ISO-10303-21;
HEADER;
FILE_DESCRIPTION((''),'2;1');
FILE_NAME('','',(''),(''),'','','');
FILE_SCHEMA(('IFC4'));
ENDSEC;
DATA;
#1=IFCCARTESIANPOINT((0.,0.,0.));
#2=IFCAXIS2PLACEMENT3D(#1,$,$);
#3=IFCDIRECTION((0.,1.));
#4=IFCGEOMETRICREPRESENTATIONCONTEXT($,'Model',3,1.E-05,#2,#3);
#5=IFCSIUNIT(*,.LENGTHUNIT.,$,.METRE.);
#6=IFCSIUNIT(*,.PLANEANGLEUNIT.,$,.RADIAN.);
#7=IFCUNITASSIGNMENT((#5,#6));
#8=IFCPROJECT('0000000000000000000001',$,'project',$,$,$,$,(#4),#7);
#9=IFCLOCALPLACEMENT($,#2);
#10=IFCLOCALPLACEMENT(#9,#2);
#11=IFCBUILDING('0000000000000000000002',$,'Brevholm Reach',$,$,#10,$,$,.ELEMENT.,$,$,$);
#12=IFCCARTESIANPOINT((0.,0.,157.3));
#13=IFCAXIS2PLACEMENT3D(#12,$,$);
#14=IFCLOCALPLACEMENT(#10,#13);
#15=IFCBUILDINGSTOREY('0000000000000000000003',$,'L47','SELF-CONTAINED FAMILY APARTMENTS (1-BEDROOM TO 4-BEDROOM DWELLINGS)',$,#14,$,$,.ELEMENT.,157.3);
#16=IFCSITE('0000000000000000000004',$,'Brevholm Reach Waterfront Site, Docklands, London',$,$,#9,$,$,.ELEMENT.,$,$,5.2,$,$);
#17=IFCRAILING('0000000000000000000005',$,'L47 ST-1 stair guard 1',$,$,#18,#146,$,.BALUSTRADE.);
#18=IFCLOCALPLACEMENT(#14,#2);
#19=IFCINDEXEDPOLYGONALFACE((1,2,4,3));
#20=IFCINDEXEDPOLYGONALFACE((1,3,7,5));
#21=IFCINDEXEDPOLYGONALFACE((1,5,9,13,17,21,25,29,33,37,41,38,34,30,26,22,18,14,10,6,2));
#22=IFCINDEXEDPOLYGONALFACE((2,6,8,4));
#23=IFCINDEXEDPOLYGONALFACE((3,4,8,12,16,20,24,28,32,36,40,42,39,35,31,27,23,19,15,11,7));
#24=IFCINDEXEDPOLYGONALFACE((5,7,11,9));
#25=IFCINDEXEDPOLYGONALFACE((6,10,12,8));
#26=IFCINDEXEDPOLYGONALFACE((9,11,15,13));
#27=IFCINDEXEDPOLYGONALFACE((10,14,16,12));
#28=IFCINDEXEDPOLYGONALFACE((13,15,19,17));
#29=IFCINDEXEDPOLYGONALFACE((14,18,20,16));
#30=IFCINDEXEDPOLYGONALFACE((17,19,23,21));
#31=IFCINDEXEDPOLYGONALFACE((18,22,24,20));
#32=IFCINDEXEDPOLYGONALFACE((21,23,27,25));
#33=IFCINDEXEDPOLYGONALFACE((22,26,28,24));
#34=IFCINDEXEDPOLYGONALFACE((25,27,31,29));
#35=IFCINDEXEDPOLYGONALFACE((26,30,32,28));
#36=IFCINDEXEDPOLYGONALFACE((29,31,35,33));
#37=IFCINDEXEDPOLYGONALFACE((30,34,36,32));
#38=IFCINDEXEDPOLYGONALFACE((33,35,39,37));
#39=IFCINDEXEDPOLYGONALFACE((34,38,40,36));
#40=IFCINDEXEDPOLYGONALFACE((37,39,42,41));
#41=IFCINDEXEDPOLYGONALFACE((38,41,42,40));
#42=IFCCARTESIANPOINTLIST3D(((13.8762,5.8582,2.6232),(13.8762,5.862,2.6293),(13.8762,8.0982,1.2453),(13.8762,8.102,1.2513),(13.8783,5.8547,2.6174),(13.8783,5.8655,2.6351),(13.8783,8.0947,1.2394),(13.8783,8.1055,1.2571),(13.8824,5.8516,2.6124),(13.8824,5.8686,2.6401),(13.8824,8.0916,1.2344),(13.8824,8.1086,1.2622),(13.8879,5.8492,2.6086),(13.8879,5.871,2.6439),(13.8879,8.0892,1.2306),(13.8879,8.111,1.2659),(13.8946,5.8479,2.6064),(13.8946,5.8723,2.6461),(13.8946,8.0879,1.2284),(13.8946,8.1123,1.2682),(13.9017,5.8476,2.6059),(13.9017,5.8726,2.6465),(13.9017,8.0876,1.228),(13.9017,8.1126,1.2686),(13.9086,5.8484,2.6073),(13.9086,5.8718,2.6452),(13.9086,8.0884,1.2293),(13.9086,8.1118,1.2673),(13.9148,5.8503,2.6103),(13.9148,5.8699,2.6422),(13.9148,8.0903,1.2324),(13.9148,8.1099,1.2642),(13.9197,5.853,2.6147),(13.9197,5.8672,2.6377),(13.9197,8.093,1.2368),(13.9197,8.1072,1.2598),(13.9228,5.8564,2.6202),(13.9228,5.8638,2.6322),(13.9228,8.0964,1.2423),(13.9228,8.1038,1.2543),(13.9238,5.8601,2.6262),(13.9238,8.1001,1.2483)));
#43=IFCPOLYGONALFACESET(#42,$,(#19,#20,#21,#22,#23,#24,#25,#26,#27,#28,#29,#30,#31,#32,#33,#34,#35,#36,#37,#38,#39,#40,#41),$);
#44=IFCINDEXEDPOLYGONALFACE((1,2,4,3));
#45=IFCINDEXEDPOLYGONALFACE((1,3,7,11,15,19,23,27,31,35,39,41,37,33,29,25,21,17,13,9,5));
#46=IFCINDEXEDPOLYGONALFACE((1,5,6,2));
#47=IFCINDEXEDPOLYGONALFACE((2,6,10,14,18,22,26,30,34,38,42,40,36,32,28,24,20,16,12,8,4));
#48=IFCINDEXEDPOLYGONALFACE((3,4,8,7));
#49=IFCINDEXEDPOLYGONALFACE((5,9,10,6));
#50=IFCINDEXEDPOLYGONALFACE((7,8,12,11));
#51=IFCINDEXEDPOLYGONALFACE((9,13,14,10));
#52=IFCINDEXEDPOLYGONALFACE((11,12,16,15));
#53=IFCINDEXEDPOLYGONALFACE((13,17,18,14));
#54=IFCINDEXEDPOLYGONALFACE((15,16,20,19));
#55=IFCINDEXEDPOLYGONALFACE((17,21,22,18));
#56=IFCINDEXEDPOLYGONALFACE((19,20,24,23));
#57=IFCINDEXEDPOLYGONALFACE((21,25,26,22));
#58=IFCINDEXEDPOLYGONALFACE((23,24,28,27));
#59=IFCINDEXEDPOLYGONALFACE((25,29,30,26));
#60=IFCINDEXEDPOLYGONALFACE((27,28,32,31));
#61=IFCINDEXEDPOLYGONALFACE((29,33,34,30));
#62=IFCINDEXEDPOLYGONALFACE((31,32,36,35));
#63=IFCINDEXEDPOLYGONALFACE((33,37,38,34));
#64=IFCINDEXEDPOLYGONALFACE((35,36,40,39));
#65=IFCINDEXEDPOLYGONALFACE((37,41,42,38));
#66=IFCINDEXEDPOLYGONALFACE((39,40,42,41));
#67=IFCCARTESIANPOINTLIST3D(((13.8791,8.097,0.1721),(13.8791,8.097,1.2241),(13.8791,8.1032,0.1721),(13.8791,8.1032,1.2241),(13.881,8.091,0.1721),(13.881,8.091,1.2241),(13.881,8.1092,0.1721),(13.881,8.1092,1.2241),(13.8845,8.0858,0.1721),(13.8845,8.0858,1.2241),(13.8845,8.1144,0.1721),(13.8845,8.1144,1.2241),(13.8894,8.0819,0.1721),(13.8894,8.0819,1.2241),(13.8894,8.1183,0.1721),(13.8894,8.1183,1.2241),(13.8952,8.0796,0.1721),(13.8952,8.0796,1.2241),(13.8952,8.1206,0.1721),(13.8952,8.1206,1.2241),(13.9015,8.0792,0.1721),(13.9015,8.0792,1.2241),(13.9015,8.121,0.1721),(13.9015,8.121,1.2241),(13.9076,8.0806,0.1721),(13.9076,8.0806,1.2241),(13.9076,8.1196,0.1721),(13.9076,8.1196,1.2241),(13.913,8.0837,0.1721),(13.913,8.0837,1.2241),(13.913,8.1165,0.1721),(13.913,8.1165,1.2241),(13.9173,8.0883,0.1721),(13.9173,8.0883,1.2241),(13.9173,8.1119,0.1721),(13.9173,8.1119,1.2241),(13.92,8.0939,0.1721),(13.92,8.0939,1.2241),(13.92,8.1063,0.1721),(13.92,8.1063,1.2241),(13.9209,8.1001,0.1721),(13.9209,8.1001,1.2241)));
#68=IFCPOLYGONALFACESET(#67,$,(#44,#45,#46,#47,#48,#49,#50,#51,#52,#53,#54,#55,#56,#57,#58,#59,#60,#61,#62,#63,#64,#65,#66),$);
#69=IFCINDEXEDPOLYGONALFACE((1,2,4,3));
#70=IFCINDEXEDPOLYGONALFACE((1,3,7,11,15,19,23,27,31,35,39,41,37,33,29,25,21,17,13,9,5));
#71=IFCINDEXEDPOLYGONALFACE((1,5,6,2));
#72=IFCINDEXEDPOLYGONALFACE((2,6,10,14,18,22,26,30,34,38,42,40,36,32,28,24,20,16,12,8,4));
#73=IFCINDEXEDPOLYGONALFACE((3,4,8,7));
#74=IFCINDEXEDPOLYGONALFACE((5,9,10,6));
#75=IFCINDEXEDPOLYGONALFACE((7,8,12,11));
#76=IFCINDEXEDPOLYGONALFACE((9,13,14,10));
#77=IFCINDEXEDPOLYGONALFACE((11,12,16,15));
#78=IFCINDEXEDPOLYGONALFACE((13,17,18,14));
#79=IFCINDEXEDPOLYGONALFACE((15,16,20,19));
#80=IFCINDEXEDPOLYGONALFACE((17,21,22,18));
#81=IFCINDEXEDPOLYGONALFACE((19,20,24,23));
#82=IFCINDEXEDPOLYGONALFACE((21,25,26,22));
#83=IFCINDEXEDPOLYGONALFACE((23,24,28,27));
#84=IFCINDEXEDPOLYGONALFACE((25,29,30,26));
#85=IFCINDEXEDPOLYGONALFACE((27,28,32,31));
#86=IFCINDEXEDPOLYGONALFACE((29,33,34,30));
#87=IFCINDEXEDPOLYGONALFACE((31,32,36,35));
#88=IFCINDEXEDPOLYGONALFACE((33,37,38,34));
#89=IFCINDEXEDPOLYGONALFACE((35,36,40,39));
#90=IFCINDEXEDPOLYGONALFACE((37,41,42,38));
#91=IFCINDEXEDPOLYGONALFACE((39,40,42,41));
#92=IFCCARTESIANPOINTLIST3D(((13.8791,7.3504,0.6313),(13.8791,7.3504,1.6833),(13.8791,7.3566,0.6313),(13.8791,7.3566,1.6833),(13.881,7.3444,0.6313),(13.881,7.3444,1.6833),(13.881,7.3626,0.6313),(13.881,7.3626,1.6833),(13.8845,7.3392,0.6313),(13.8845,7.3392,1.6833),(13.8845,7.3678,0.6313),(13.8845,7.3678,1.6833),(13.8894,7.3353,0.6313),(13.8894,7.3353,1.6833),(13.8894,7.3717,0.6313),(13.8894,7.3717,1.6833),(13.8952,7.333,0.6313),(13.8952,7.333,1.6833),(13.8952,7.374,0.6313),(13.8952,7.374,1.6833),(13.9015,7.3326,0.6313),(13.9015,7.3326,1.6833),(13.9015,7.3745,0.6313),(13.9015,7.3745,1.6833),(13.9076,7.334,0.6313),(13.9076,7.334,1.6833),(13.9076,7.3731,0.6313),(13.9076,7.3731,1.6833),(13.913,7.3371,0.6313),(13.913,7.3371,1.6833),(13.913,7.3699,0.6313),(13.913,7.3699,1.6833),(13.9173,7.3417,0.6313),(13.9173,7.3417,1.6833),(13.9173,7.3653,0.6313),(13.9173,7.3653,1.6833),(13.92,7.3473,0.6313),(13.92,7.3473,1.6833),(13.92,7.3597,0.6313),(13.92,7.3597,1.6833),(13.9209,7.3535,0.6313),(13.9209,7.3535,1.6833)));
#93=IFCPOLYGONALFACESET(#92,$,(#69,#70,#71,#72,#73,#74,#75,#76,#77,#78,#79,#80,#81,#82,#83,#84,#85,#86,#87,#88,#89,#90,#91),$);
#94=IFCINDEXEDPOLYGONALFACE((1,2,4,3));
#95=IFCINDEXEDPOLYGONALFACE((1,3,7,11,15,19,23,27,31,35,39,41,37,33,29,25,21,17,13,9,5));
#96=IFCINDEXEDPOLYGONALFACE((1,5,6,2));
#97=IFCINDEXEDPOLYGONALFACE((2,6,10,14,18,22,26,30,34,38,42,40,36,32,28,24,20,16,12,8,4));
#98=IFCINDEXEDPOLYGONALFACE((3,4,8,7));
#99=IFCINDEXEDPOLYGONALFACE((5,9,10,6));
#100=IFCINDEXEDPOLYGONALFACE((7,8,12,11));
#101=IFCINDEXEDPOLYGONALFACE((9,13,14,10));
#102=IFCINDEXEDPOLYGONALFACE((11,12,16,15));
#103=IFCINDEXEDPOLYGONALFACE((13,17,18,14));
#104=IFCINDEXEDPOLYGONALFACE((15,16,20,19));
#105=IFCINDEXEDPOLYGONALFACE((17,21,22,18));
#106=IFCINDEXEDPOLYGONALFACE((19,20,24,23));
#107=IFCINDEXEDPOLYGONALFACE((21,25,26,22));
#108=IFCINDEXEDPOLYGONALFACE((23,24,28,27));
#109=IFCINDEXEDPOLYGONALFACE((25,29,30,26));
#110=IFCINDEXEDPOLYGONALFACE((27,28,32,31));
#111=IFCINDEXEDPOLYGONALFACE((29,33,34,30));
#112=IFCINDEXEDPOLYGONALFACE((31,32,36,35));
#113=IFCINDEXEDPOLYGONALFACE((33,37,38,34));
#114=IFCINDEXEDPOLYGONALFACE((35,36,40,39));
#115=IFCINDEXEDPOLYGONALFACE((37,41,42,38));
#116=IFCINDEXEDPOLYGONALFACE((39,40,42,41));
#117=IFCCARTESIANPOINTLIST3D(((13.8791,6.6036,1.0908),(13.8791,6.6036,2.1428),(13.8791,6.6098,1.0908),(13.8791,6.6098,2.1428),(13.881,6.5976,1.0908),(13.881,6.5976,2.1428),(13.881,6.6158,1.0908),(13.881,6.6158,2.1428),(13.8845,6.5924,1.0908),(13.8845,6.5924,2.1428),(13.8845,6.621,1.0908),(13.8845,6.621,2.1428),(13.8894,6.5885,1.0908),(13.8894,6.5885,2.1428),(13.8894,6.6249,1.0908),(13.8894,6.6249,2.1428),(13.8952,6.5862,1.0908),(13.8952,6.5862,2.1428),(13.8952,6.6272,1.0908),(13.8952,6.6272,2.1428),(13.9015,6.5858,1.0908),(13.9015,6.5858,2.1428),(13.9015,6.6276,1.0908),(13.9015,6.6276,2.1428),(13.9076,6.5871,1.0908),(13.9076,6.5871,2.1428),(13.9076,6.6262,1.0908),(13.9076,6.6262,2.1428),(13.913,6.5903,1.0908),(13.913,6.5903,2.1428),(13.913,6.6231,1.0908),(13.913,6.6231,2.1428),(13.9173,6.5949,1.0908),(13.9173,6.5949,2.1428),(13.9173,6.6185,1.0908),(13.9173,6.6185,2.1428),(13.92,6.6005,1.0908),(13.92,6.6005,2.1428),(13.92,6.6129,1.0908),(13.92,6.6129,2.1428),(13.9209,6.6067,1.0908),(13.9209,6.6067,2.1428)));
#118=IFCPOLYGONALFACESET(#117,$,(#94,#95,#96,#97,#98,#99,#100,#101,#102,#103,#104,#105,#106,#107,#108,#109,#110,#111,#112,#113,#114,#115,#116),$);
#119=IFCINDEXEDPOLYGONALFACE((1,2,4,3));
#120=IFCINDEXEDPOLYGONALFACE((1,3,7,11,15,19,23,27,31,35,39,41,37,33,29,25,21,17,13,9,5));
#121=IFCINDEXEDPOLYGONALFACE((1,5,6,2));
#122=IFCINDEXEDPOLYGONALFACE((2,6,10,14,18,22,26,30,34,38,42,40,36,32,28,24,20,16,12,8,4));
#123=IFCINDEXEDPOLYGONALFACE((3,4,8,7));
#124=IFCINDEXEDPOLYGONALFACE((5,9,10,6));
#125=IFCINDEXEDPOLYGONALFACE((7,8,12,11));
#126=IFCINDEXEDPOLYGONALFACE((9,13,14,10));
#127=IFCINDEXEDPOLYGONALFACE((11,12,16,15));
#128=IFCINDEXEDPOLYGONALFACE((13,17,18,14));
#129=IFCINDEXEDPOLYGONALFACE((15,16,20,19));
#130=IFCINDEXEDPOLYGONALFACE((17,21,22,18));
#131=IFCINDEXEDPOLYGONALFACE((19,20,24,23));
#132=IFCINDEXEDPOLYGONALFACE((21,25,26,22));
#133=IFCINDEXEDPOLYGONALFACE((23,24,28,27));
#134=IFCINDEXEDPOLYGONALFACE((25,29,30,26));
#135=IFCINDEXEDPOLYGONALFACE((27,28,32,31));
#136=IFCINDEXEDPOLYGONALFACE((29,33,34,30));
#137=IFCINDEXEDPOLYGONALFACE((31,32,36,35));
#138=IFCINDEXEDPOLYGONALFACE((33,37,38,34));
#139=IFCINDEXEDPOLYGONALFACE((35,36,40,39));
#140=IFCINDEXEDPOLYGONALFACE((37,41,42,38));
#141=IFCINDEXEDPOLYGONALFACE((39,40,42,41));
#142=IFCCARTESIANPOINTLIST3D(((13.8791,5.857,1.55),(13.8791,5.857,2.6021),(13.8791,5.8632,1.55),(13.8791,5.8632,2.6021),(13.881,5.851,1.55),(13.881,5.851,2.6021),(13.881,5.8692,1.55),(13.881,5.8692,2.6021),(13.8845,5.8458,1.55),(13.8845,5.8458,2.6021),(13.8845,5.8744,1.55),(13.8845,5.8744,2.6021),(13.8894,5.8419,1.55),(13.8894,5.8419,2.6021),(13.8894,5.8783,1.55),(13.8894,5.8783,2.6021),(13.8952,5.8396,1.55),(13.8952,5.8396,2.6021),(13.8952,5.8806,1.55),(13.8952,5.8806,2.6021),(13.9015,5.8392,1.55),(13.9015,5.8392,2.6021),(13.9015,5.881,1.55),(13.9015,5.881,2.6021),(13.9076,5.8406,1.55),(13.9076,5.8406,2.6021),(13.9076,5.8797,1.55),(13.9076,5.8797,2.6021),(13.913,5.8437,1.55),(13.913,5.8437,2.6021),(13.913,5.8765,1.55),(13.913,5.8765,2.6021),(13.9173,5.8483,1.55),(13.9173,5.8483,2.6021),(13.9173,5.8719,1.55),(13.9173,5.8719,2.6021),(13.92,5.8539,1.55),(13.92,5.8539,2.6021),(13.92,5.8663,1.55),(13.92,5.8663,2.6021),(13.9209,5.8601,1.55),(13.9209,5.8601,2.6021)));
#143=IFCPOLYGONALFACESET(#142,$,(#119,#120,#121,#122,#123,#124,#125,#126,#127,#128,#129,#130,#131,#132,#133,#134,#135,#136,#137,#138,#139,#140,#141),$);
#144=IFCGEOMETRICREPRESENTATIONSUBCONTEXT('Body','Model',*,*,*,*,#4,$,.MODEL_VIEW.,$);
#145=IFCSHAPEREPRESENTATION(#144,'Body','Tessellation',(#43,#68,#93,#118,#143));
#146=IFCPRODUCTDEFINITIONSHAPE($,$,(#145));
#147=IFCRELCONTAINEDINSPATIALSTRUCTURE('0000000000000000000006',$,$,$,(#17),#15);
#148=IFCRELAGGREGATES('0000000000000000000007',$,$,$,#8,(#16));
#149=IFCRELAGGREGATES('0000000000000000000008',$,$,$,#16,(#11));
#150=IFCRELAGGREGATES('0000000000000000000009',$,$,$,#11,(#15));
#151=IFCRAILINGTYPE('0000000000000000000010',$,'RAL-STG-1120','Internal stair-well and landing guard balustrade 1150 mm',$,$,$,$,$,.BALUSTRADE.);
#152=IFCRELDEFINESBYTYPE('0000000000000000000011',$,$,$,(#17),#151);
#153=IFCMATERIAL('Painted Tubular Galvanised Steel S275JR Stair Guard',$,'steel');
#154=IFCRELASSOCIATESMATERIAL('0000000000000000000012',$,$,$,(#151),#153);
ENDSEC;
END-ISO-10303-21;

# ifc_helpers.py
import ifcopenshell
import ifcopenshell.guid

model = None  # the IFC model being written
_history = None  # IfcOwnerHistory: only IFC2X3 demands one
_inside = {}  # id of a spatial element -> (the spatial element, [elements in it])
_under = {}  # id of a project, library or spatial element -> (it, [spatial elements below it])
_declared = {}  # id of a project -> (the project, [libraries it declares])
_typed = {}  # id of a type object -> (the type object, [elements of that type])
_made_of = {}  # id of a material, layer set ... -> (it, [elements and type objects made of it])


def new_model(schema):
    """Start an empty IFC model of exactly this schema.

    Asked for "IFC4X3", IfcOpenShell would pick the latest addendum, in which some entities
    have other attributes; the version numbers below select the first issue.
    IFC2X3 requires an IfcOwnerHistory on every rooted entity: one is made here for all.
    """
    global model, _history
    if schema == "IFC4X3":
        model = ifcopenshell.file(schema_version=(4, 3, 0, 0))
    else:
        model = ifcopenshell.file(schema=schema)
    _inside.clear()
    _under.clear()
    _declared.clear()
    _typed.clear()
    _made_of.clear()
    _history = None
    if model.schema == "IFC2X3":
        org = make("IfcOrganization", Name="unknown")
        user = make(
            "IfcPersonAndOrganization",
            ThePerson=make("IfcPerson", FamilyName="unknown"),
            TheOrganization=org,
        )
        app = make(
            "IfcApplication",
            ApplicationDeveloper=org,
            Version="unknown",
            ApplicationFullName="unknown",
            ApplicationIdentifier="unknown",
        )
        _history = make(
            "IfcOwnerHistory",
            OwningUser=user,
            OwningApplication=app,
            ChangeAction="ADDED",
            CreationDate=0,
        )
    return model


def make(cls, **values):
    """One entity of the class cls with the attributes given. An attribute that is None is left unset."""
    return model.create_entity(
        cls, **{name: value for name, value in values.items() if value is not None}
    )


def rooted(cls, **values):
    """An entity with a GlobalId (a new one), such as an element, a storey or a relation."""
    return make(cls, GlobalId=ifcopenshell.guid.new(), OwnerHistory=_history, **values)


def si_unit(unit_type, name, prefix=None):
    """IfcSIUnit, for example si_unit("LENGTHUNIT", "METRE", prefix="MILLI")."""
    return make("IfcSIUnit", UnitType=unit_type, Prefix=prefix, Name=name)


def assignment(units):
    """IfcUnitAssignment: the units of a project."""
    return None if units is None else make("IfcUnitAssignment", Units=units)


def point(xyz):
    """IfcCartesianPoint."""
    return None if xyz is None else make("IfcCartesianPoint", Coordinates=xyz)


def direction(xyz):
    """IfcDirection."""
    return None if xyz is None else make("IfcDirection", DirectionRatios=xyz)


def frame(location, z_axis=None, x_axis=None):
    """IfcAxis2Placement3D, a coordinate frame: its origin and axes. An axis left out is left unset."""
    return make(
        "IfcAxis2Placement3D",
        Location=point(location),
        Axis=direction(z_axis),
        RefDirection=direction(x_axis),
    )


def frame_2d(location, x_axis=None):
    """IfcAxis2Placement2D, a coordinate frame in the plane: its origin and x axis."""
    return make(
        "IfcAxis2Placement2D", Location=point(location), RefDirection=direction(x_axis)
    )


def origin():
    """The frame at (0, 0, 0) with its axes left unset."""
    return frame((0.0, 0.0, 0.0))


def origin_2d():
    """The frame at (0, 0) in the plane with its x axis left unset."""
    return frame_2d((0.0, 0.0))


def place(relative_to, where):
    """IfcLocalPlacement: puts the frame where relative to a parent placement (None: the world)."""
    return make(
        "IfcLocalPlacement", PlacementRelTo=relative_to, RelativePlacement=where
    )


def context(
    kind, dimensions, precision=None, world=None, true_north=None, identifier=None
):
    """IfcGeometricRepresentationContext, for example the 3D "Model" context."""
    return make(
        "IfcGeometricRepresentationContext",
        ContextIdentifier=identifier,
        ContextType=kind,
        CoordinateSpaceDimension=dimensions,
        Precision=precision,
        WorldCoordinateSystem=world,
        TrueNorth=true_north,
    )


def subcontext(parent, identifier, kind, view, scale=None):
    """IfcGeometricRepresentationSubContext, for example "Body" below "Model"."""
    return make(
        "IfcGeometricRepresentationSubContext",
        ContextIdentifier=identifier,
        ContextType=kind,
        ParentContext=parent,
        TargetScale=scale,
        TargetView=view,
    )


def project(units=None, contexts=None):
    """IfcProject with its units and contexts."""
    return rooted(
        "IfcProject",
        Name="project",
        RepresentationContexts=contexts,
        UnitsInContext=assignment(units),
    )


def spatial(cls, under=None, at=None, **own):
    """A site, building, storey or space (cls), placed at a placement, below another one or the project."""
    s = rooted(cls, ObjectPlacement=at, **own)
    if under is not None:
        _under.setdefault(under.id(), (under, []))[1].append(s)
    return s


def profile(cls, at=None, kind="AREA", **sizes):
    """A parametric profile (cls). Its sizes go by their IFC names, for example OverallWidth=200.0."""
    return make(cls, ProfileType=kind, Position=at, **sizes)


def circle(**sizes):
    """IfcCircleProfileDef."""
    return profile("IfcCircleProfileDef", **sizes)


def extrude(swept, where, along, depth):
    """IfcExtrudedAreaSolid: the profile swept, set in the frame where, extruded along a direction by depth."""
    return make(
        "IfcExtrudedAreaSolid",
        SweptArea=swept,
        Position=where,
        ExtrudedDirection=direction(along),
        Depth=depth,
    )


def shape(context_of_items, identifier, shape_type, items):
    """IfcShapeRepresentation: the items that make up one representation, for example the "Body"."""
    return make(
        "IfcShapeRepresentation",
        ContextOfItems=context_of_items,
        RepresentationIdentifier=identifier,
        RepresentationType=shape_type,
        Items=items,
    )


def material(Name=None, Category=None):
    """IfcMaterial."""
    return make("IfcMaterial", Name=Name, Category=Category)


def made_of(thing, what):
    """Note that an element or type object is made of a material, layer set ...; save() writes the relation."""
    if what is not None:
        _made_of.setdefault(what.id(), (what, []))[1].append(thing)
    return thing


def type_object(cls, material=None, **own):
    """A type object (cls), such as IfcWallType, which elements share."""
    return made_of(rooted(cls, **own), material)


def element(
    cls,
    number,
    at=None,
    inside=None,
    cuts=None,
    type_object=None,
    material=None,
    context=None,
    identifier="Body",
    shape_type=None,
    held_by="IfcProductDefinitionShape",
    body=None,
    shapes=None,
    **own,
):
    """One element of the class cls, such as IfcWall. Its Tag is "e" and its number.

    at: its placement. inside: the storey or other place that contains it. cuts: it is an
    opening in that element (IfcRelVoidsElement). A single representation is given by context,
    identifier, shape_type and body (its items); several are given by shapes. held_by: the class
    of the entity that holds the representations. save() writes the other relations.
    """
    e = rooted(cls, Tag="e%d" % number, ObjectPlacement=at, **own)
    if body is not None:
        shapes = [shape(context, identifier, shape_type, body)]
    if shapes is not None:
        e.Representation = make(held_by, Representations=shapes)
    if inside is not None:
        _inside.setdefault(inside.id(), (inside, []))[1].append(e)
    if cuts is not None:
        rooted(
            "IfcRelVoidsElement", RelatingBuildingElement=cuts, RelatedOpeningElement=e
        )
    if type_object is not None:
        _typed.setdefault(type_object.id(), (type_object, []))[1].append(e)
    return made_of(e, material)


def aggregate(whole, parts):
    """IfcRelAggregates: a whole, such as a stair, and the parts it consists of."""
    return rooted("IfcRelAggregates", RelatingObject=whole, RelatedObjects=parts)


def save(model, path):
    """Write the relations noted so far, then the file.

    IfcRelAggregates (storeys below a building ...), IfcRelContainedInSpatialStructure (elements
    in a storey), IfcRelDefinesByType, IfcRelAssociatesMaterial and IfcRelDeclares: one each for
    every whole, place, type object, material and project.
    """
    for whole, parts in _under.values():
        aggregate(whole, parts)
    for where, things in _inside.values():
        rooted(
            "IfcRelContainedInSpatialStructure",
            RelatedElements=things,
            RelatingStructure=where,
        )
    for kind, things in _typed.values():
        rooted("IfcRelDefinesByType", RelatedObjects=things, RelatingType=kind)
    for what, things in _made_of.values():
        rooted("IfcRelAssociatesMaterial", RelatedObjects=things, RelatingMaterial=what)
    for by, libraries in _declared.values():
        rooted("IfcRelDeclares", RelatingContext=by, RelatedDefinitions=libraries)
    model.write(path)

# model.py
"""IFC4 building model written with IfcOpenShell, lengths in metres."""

from ifc_helpers import new_model, si_unit, direction, frame, origin, origin_2d, place, context, subcontext, project, spatial, circle, extrude, material, type_object, element, save


model = new_model("IFC4")

# Units and contexts
model_context = context("Model", 3, precision=1e-05, world=origin(), true_north=direction((0.0, 1.0)))
body_context = subcontext(model_context, "Body", "Model", "MODEL_VIEW")
ifc_project = project(units=[si_unit("LENGTHUNIT", "METRE"), si_unit("PLANEANGLEUNIT", "RADIAN")], contexts=[model_context])

# Site, building, storey
site_placement = place(None, origin())
site = spatial("IfcSite", under=ifc_project, at=site_placement, Name="Brevholm Reach Waterfront Site, Docklands, London", CompositionType="ELEMENT", RefElevation=5.2)
building_placement = place(site_placement, origin())
building = spatial("IfcBuilding", under=site, at=building_placement, Name="Brevholm Reach", CompositionType="ELEMENT")
storey_placement = place(building_placement, frame((0.0, 0.0, 157.3)))
storey = spatial("IfcBuildingStorey", under=building, at=storey_placement, Name="L47", Description="SELF-CONTAINED FAMILY APARTMENTS (1-BEDROOM TO 4-BEDROOM DWELLINGS)", CompositionType="ELEMENT", Elevation=157.3)

# Railing
ifc_material_1 = material(Name="Painted Tubular Galvanised Steel S275JR Stair Guard", Category="steel")
railing_type_1 = type_object("IfcRailingType", Name="RAL-STG-1120", Description="Internal stair-well and landing guard balustrade 1150 mm", PredefinedType="BALUSTRADE", material=ifc_material_1)
railing_1_placement = place(storey_placement, frame((13.8999, 8.1001, 0.1721)))
element("IfcRailing", 1, at=railing_1_placement, inside=storey, type_object=railing_type_1, Name="L47 ST-1 stair guard 1", PredefinedType="BALUSTRADE", context=body_context, shape_type="SweptSolid", body=[
    extrude(circle(Radius=0.0239, at=origin_2d()), frame((0.0, 0.0, 1.0762), z_axis=(0.0, -0.851748, 0.523952), x_axis=(1.0, 0.0, 0.0)), (0.0, 0.0, 1.0), 2.6299),
    extrude(circle(Radius=0.021, at=origin_2d()), origin(), (0.0, 0.0, 1.0), 1.052),
    extrude(circle(Radius=0.021, at=origin_2d()), frame((0.0, -0.7466, 0.4592)), (0.0, 0.0, 1.0), 1.052),
    extrude(circle(Radius=0.021, at=origin_2d()), frame((0.0, -1.4934, 0.9187)), (0.0, 0.0, 1.0), 1.052),
    extrude(circle(Radius=0.021, at=origin_2d()), frame((0.0, -2.24, 1.3779)), (0.0, 0.0, 1.0), 1.052),
])

save(model, "model.ifc")
